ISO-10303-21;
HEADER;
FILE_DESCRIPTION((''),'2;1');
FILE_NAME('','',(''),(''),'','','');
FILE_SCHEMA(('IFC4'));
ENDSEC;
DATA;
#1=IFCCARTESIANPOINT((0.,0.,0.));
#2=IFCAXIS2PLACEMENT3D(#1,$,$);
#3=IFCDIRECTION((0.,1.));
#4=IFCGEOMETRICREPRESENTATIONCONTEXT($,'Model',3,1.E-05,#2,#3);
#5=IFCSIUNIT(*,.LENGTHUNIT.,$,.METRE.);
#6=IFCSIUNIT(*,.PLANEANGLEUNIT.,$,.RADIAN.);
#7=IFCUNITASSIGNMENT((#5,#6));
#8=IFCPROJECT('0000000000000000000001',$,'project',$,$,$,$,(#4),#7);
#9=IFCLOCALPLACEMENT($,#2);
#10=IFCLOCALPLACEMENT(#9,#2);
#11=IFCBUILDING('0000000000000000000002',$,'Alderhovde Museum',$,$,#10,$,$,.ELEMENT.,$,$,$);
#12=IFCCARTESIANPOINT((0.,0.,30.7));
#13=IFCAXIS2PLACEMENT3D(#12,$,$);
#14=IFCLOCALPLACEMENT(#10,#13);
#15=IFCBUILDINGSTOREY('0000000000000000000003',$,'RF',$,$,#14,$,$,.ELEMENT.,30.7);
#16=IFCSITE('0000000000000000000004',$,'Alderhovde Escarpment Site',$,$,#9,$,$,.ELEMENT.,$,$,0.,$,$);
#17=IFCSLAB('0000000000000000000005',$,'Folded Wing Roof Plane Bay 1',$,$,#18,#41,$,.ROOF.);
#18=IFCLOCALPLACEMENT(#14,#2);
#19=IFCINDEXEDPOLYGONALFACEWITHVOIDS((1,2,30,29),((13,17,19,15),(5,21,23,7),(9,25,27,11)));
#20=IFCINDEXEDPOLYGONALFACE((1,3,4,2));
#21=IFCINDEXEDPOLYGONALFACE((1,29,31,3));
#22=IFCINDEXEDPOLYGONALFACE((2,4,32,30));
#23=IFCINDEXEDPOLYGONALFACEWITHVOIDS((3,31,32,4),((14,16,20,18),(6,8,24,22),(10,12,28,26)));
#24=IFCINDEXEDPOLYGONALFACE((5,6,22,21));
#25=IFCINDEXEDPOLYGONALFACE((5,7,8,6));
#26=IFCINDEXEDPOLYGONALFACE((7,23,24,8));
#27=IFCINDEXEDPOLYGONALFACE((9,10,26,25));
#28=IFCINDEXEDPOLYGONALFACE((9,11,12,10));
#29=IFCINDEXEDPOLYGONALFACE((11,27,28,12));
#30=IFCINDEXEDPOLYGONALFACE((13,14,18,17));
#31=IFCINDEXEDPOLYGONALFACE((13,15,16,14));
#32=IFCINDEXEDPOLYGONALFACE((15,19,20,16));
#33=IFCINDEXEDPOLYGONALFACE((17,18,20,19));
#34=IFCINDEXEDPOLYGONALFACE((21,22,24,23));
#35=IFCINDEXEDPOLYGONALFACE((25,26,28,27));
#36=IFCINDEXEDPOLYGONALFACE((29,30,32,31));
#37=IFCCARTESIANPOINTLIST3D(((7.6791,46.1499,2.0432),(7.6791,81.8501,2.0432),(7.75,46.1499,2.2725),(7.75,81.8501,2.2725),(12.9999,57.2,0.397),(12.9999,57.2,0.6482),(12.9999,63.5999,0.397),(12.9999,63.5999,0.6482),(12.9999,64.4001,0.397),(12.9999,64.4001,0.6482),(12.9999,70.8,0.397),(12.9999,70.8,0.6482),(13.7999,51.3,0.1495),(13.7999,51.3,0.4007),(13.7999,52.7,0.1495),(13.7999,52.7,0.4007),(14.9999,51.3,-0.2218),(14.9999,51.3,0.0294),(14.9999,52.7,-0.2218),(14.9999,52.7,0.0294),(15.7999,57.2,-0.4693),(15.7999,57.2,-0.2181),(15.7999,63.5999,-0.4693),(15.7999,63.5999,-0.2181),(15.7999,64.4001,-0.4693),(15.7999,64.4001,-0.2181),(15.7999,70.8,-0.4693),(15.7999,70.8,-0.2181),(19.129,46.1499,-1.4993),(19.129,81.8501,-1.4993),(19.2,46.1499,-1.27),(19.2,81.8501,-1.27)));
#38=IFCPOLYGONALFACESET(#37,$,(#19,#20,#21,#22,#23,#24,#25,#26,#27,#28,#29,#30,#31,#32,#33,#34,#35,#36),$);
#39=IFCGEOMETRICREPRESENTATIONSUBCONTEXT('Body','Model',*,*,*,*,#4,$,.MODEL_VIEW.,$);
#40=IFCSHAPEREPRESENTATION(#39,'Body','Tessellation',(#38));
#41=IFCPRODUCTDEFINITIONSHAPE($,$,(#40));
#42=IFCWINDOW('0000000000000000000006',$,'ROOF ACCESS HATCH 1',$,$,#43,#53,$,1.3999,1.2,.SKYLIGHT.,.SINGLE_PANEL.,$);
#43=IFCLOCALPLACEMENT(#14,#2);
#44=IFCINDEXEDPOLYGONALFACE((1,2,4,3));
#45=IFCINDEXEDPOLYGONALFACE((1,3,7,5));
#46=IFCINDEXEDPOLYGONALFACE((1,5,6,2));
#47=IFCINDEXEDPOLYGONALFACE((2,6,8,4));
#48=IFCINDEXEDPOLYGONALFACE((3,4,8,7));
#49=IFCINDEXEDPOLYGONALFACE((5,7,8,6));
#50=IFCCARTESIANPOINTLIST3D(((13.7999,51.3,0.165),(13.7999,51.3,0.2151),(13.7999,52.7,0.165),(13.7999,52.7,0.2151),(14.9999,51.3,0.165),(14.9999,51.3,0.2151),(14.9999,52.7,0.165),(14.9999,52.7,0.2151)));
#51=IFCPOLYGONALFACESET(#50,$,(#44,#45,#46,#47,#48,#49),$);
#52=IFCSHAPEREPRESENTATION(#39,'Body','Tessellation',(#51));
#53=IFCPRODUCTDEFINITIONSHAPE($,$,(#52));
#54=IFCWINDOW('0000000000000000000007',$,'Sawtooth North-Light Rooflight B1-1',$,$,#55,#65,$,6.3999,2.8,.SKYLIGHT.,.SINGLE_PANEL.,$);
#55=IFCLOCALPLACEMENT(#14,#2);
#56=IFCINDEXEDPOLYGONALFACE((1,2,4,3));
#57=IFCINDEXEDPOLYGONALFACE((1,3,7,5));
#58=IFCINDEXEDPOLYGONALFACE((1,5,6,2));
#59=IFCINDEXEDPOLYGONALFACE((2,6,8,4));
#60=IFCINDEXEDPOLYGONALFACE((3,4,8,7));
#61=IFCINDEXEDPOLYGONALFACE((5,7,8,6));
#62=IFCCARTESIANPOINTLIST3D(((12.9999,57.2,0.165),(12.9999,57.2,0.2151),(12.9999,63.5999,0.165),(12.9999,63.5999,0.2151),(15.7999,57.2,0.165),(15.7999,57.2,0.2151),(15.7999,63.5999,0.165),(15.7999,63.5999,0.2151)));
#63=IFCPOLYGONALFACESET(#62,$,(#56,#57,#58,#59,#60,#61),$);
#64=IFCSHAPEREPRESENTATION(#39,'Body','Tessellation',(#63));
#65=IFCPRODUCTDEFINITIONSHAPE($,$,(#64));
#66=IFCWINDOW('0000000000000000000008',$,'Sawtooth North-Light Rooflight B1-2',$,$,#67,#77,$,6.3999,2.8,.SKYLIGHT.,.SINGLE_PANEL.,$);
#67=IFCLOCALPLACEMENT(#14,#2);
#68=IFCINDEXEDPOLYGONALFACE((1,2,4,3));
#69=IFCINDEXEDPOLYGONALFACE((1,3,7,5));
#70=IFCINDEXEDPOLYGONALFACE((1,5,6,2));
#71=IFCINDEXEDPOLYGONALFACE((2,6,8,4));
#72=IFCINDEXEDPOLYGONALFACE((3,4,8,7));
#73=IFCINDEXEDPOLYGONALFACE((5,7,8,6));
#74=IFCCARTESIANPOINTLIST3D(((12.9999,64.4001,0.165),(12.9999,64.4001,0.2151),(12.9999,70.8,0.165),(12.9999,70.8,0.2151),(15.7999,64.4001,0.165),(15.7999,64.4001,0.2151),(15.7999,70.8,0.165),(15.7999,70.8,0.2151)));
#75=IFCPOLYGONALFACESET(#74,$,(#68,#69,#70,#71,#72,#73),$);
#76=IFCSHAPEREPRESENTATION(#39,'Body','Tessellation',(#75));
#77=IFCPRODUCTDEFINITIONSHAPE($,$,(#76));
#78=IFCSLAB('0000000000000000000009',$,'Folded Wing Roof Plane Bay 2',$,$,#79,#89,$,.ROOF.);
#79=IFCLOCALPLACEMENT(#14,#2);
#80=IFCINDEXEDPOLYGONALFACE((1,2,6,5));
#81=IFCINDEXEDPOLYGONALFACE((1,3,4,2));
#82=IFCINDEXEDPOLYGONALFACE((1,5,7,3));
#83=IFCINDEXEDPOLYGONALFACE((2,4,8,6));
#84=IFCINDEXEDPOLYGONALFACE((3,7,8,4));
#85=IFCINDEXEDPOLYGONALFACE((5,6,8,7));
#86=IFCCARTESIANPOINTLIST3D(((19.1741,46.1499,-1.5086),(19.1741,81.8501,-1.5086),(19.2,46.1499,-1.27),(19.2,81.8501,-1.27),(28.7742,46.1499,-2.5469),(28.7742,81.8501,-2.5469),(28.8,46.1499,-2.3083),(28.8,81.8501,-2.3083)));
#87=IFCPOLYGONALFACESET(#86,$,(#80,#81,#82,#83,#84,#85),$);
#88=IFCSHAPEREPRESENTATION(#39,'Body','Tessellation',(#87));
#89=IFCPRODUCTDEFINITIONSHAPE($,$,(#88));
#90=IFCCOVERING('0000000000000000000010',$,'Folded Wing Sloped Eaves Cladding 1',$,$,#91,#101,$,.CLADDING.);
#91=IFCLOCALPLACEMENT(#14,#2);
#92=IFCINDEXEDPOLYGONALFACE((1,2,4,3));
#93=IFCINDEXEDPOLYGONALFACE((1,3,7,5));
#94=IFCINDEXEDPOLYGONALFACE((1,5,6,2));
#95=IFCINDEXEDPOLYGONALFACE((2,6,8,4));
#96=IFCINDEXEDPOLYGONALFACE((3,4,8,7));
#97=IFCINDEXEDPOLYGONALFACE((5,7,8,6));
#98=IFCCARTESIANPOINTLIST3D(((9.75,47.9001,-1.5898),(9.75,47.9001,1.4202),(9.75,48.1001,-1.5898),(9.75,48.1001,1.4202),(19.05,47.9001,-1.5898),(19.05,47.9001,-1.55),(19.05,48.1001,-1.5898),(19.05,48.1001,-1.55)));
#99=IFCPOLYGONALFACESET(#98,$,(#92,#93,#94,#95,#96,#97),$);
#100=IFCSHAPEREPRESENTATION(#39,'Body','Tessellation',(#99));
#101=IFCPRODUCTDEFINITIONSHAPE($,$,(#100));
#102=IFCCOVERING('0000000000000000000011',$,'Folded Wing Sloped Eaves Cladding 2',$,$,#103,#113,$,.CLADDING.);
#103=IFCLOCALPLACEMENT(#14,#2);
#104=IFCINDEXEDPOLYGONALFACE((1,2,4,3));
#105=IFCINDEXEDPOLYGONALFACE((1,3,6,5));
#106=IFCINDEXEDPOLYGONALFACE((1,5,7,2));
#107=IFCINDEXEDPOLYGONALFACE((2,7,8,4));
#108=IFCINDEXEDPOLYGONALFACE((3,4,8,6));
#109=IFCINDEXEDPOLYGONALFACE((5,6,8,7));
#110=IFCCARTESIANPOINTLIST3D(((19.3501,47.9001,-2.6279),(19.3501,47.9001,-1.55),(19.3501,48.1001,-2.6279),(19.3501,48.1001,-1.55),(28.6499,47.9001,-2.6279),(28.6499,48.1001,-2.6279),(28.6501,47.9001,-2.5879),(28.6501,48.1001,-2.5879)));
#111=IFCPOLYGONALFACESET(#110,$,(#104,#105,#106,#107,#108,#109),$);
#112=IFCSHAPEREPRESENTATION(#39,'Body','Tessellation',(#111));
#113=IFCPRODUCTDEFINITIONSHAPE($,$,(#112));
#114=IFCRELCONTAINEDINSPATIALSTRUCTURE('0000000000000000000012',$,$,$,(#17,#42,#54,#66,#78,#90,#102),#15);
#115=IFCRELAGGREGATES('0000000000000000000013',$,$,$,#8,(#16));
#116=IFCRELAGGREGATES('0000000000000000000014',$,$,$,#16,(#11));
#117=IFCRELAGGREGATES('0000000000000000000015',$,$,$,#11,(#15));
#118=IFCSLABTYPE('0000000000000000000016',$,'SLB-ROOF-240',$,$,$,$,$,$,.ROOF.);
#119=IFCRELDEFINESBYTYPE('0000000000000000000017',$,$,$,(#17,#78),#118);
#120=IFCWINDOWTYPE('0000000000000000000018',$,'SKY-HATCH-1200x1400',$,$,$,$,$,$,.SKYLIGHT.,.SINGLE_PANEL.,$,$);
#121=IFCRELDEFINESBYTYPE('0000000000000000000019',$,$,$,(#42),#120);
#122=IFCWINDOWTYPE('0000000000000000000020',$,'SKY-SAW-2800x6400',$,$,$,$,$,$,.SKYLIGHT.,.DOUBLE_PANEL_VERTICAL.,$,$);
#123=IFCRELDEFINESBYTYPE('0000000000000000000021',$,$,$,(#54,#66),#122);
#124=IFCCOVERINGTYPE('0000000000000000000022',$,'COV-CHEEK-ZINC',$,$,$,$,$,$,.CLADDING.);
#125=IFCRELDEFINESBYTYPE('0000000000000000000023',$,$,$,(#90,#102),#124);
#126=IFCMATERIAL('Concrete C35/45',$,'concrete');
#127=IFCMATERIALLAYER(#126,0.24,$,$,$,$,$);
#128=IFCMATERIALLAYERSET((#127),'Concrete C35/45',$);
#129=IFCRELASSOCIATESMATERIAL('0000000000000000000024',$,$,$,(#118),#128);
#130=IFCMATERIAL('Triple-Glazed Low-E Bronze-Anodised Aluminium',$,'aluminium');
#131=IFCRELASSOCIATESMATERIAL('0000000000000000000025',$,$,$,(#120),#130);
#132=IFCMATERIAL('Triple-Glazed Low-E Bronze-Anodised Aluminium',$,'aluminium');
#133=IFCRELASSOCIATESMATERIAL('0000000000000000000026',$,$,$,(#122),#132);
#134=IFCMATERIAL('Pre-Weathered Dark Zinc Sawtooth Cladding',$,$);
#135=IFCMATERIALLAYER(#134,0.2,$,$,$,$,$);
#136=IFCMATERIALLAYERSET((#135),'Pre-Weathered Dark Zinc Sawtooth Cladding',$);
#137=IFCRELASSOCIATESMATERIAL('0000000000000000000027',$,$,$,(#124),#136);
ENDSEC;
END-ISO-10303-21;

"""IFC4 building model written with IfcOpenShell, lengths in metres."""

from ifc_helpers import new_model, si_unit, direction, frame, origin, origin_2d, place, context, subcontext, project, spatial, polyline, rectangle, outline, extrude, material, layer, layer_set, type_object, element, fill, save


model = new_model("IFC4")

# Units and contexts
model_context = context("Model", 3, precision=1e-05, world=origin(), true_north=direction((0.0, 1.0)))
body_context = subcontext(model_context, "Body", "Model", "MODEL_VIEW")
ifc_project = project(units=[si_unit("LENGTHUNIT", "METRE"), si_unit("PLANEANGLEUNIT", "RADIAN")], contexts=[model_context])

# Site, building, storey
site_placement = place(None, origin())
site = spatial("IfcSite", under=ifc_project, at=site_placement, Name="Alderhovde Escarpment Site", CompositionType="ELEMENT", RefElevation=0.0)
building_placement = place(site_placement, origin())
building = spatial("IfcBuilding", under=site, at=building_placement, Name="Alderhovde Museum", CompositionType="ELEMENT")
storey_placement = place(building_placement, frame((0.0, 0.0, 30.7)))
storey = spatial("IfcBuildingStorey", under=building, at=storey_placement, Name="RF", CompositionType="ELEMENT", Elevation=30.7)

# Slab, openings, windows
ifc_material_1 = material(Name="Concrete C35/45", Category="concrete")
ifc_layer_1 = layer(ifc_material_1, 0.24)
ifc_layer_set_1 = layer_set([ifc_layer_1], Name="Concrete C35/45")
slab_type = type_object("IfcSlabType", Name="SLB-ROOF-240", PredefinedType="ROOF", material=ifc_layer_set_1)
slab_1_placement = place(storey_placement, frame((7.75, 46.1499, 2.2725), z_axis=(0.295566, 0.0, 0.955322), x_axis=(0.955322, 0.0, -0.295566)))
slab_1 = element("IfcSlab", 1, at=slab_1_placement, inside=storey, type_object=slab_type, Name="Folded Wing Roof Plane Bay 1", PredefinedType="ROOF", context=body_context, shape_type="SweptSolid", body=[
    extrude(outline(polyline([(0.0, 0.0), (11.9854, 0.0), (11.9854, 35.7002), (0.0, 35.7002), (0.0, 0.0)])), origin(), (0.0, 0.0, -1.0), 0.24),
])
opening_1_placement = place(storey_placement, frame((14.3999, 60.3999, -1.5249)))
opening_1 = element("IfcOpeningElement", 2, at=opening_1_placement, cuts=slab_1, PredefinedType="OPENING", context=body_context, shape_type="SweptSolid", body=[
    extrude(rectangle(XDim=2.8, YDim=6.3999, at=origin_2d()), origin(), (0.0, 0.0, 1.0), 3.24),
])
opening_2_placement = place(storey_placement, frame((14.3999, 67.6001, -1.5249)))
opening_2 = element("IfcOpeningElement", 3, at=opening_2_placement, cuts=slab_1, PredefinedType="OPENING", context=body_context, shape_type="SweptSolid", body=[
    extrude(rectangle(XDim=2.8, YDim=6.3999, at=origin_2d()), origin(), (0.0, 0.0, 1.0), 3.24),
])
opening_3_placement = place(storey_placement, frame((14.3999, 52.0, -1.5249)))
opening_3 = element("IfcOpeningElement", 4, at=opening_3_placement, cuts=slab_1, PredefinedType="OPENING", context=body_context, shape_type="SweptSolid", body=[
    extrude(rectangle(XDim=1.2, YDim=1.3999, at=origin_2d()), origin(), (0.0, 0.0, 1.0), 3.24),
])
ifc_material_2 = material(Name="Triple-Glazed Low-E Bronze-Anodised Aluminium", Category="aluminium")
window_type_1 = type_object("IfcWindowType", Name="SKY-HATCH-1200x1400", PartitioningType="SINGLE_PANEL", PredefinedType="SKYLIGHT", material=ifc_material_2)
window_1_placement = place(opening_3_placement, frame((0.0, 0.0, 1.6899)))
window_1 = element("IfcWindow", 5, at=window_1_placement, inside=storey, type_object=window_type_1, Name="ROOF ACCESS HATCH 1", OverallHeight=1.3999, OverallWidth=1.2, PartitioningType="SINGLE_PANEL", PredefinedType="SKYLIGHT", context=body_context, shape_type="SweptSolid", body=[
    extrude(rectangle(XDim=1.2, YDim=1.3999, at=origin_2d()), origin(), (0.0, 0.0, 1.0), 0.05),
])
fill(opening_3, window_1)
ifc_material_3 = material(Name="Triple-Glazed Low-E Bronze-Anodised Aluminium", Category="aluminium")
window_type_2 = type_object("IfcWindowType", Name="SKY-SAW-2800x6400", PartitioningType="DOUBLE_PANEL_VERTICAL", PredefinedType="SKYLIGHT", material=ifc_material_3)
window_2_placement = place(opening_1_placement, frame((0.0, 0.0, 1.6899)))
window_2 = element("IfcWindow", 6, at=window_2_placement, inside=storey, type_object=window_type_2, Name="Sawtooth North-Light Rooflight B1-1", OverallHeight=6.3999, OverallWidth=2.8, PartitioningType="SINGLE_PANEL", PredefinedType="SKYLIGHT", context=body_context, shape_type="SweptSolid", body=[
    extrude(rectangle(XDim=2.8, YDim=6.3999, at=origin_2d()), origin(), (0.0, 0.0, 1.0), 0.05),
])
fill(opening_1, window_2)
window_3_placement = place(opening_2_placement, frame((0.0, 0.0, 1.6899)))
window_3 = element("IfcWindow", 7, at=window_3_placement, inside=storey, type_object=window_type_2, Name="Sawtooth North-Light Rooflight B1-2", OverallHeight=6.3999, OverallWidth=2.8, PartitioningType="SINGLE_PANEL", PredefinedType="SKYLIGHT", context=body_context, shape_type="SweptSolid", body=[
    extrude(rectangle(XDim=2.8, YDim=6.3999, at=origin_2d()), origin(), (0.0, 0.0, 1.0), 0.05),
])
fill(opening_2, window_3)

# Slab
slab_2_placement = place(storey_placement, frame((19.2, 46.1499, -1.27), z_axis=(0.107531, 0.0, 0.994202), x_axis=(0.994202, 0.0, -0.107531)))
element("IfcSlab", 8, at=slab_2_placement, inside=storey, type_object=slab_type, Name="Folded Wing Roof Plane Bay 2", PredefinedType="ROOF", context=body_context, shape_type="SweptSolid", body=[
    extrude(outline(polyline([(0.0, 0.0), (9.6561, 0.0), (9.6561, 35.7002), (0.0, 35.7002), (0.0, 0.0)])), origin(), (0.0, 0.0, -1.0), 0.24),
])

# Coverings
ifc_material_4 = material(Name="Pre-Weathered Dark Zinc Sawtooth Cladding")
ifc_layer_2 = layer(ifc_material_4, 0.2)
ifc_layer_set_2 = layer_set([ifc_layer_2], Name="Pre-Weathered Dark Zinc Sawtooth Cladding")
covering_type = type_object("IfcCoveringType", Name="COV-CHEEK-ZINC", PredefinedType="CLADDING", material=ifc_layer_set_2)
covering_1_placement = place(storey_placement, frame((9.75, 48.0, -1.5898), z_axis=(0.0, 0.0, 1.0), x_axis=(1.0, 0.0, 0.0)))
element("IfcCovering", 9, at=covering_1_placement, inside=storey, type_object=covering_type, Name="Folded Wing Sloped Eaves Cladding 1", PredefinedType="CLADDING", context=body_context, shape_type="SweptSolid", body=[
    extrude(outline(polyline([(0.0, 0.0), (9.3, 0.0), (9.3, 0.0398), (0.0, 3.01), (0.0, 0.0)])), frame((0.0, 0.1001, 0.0), z_axis=(0.0, -1.0, 0.0), x_axis=(1.0, 0.0, 0.0)), (0.0, 0.0, 1.0), 0.2),
])
covering_2_placement = place(storey_placement, frame((19.3501, 48.0, -2.6279), z_axis=(0.0, 0.0, 1.0), x_axis=(1.0, 0.0, 0.0)))
element("IfcCovering", 10, at=covering_2_placement, inside=storey, type_object=covering_type, Name="Folded Wing Sloped Eaves Cladding 2", PredefinedType="CLADDING", context=body_context, shape_type="SweptSolid", body=[
    extrude(outline(polyline([(0.0, 0.0), (9.2998, 0.0), (9.3, 0.04), (0.0, 1.0779), (0.0, 0.0)])), frame((0.0, 0.1001, 0.0), z_axis=(0.0, -1.0, 0.0), x_axis=(1.0, 0.0, 0.0)), (0.0, 0.0, 1.0), 0.2),
])

save(model, "model.ifc")
